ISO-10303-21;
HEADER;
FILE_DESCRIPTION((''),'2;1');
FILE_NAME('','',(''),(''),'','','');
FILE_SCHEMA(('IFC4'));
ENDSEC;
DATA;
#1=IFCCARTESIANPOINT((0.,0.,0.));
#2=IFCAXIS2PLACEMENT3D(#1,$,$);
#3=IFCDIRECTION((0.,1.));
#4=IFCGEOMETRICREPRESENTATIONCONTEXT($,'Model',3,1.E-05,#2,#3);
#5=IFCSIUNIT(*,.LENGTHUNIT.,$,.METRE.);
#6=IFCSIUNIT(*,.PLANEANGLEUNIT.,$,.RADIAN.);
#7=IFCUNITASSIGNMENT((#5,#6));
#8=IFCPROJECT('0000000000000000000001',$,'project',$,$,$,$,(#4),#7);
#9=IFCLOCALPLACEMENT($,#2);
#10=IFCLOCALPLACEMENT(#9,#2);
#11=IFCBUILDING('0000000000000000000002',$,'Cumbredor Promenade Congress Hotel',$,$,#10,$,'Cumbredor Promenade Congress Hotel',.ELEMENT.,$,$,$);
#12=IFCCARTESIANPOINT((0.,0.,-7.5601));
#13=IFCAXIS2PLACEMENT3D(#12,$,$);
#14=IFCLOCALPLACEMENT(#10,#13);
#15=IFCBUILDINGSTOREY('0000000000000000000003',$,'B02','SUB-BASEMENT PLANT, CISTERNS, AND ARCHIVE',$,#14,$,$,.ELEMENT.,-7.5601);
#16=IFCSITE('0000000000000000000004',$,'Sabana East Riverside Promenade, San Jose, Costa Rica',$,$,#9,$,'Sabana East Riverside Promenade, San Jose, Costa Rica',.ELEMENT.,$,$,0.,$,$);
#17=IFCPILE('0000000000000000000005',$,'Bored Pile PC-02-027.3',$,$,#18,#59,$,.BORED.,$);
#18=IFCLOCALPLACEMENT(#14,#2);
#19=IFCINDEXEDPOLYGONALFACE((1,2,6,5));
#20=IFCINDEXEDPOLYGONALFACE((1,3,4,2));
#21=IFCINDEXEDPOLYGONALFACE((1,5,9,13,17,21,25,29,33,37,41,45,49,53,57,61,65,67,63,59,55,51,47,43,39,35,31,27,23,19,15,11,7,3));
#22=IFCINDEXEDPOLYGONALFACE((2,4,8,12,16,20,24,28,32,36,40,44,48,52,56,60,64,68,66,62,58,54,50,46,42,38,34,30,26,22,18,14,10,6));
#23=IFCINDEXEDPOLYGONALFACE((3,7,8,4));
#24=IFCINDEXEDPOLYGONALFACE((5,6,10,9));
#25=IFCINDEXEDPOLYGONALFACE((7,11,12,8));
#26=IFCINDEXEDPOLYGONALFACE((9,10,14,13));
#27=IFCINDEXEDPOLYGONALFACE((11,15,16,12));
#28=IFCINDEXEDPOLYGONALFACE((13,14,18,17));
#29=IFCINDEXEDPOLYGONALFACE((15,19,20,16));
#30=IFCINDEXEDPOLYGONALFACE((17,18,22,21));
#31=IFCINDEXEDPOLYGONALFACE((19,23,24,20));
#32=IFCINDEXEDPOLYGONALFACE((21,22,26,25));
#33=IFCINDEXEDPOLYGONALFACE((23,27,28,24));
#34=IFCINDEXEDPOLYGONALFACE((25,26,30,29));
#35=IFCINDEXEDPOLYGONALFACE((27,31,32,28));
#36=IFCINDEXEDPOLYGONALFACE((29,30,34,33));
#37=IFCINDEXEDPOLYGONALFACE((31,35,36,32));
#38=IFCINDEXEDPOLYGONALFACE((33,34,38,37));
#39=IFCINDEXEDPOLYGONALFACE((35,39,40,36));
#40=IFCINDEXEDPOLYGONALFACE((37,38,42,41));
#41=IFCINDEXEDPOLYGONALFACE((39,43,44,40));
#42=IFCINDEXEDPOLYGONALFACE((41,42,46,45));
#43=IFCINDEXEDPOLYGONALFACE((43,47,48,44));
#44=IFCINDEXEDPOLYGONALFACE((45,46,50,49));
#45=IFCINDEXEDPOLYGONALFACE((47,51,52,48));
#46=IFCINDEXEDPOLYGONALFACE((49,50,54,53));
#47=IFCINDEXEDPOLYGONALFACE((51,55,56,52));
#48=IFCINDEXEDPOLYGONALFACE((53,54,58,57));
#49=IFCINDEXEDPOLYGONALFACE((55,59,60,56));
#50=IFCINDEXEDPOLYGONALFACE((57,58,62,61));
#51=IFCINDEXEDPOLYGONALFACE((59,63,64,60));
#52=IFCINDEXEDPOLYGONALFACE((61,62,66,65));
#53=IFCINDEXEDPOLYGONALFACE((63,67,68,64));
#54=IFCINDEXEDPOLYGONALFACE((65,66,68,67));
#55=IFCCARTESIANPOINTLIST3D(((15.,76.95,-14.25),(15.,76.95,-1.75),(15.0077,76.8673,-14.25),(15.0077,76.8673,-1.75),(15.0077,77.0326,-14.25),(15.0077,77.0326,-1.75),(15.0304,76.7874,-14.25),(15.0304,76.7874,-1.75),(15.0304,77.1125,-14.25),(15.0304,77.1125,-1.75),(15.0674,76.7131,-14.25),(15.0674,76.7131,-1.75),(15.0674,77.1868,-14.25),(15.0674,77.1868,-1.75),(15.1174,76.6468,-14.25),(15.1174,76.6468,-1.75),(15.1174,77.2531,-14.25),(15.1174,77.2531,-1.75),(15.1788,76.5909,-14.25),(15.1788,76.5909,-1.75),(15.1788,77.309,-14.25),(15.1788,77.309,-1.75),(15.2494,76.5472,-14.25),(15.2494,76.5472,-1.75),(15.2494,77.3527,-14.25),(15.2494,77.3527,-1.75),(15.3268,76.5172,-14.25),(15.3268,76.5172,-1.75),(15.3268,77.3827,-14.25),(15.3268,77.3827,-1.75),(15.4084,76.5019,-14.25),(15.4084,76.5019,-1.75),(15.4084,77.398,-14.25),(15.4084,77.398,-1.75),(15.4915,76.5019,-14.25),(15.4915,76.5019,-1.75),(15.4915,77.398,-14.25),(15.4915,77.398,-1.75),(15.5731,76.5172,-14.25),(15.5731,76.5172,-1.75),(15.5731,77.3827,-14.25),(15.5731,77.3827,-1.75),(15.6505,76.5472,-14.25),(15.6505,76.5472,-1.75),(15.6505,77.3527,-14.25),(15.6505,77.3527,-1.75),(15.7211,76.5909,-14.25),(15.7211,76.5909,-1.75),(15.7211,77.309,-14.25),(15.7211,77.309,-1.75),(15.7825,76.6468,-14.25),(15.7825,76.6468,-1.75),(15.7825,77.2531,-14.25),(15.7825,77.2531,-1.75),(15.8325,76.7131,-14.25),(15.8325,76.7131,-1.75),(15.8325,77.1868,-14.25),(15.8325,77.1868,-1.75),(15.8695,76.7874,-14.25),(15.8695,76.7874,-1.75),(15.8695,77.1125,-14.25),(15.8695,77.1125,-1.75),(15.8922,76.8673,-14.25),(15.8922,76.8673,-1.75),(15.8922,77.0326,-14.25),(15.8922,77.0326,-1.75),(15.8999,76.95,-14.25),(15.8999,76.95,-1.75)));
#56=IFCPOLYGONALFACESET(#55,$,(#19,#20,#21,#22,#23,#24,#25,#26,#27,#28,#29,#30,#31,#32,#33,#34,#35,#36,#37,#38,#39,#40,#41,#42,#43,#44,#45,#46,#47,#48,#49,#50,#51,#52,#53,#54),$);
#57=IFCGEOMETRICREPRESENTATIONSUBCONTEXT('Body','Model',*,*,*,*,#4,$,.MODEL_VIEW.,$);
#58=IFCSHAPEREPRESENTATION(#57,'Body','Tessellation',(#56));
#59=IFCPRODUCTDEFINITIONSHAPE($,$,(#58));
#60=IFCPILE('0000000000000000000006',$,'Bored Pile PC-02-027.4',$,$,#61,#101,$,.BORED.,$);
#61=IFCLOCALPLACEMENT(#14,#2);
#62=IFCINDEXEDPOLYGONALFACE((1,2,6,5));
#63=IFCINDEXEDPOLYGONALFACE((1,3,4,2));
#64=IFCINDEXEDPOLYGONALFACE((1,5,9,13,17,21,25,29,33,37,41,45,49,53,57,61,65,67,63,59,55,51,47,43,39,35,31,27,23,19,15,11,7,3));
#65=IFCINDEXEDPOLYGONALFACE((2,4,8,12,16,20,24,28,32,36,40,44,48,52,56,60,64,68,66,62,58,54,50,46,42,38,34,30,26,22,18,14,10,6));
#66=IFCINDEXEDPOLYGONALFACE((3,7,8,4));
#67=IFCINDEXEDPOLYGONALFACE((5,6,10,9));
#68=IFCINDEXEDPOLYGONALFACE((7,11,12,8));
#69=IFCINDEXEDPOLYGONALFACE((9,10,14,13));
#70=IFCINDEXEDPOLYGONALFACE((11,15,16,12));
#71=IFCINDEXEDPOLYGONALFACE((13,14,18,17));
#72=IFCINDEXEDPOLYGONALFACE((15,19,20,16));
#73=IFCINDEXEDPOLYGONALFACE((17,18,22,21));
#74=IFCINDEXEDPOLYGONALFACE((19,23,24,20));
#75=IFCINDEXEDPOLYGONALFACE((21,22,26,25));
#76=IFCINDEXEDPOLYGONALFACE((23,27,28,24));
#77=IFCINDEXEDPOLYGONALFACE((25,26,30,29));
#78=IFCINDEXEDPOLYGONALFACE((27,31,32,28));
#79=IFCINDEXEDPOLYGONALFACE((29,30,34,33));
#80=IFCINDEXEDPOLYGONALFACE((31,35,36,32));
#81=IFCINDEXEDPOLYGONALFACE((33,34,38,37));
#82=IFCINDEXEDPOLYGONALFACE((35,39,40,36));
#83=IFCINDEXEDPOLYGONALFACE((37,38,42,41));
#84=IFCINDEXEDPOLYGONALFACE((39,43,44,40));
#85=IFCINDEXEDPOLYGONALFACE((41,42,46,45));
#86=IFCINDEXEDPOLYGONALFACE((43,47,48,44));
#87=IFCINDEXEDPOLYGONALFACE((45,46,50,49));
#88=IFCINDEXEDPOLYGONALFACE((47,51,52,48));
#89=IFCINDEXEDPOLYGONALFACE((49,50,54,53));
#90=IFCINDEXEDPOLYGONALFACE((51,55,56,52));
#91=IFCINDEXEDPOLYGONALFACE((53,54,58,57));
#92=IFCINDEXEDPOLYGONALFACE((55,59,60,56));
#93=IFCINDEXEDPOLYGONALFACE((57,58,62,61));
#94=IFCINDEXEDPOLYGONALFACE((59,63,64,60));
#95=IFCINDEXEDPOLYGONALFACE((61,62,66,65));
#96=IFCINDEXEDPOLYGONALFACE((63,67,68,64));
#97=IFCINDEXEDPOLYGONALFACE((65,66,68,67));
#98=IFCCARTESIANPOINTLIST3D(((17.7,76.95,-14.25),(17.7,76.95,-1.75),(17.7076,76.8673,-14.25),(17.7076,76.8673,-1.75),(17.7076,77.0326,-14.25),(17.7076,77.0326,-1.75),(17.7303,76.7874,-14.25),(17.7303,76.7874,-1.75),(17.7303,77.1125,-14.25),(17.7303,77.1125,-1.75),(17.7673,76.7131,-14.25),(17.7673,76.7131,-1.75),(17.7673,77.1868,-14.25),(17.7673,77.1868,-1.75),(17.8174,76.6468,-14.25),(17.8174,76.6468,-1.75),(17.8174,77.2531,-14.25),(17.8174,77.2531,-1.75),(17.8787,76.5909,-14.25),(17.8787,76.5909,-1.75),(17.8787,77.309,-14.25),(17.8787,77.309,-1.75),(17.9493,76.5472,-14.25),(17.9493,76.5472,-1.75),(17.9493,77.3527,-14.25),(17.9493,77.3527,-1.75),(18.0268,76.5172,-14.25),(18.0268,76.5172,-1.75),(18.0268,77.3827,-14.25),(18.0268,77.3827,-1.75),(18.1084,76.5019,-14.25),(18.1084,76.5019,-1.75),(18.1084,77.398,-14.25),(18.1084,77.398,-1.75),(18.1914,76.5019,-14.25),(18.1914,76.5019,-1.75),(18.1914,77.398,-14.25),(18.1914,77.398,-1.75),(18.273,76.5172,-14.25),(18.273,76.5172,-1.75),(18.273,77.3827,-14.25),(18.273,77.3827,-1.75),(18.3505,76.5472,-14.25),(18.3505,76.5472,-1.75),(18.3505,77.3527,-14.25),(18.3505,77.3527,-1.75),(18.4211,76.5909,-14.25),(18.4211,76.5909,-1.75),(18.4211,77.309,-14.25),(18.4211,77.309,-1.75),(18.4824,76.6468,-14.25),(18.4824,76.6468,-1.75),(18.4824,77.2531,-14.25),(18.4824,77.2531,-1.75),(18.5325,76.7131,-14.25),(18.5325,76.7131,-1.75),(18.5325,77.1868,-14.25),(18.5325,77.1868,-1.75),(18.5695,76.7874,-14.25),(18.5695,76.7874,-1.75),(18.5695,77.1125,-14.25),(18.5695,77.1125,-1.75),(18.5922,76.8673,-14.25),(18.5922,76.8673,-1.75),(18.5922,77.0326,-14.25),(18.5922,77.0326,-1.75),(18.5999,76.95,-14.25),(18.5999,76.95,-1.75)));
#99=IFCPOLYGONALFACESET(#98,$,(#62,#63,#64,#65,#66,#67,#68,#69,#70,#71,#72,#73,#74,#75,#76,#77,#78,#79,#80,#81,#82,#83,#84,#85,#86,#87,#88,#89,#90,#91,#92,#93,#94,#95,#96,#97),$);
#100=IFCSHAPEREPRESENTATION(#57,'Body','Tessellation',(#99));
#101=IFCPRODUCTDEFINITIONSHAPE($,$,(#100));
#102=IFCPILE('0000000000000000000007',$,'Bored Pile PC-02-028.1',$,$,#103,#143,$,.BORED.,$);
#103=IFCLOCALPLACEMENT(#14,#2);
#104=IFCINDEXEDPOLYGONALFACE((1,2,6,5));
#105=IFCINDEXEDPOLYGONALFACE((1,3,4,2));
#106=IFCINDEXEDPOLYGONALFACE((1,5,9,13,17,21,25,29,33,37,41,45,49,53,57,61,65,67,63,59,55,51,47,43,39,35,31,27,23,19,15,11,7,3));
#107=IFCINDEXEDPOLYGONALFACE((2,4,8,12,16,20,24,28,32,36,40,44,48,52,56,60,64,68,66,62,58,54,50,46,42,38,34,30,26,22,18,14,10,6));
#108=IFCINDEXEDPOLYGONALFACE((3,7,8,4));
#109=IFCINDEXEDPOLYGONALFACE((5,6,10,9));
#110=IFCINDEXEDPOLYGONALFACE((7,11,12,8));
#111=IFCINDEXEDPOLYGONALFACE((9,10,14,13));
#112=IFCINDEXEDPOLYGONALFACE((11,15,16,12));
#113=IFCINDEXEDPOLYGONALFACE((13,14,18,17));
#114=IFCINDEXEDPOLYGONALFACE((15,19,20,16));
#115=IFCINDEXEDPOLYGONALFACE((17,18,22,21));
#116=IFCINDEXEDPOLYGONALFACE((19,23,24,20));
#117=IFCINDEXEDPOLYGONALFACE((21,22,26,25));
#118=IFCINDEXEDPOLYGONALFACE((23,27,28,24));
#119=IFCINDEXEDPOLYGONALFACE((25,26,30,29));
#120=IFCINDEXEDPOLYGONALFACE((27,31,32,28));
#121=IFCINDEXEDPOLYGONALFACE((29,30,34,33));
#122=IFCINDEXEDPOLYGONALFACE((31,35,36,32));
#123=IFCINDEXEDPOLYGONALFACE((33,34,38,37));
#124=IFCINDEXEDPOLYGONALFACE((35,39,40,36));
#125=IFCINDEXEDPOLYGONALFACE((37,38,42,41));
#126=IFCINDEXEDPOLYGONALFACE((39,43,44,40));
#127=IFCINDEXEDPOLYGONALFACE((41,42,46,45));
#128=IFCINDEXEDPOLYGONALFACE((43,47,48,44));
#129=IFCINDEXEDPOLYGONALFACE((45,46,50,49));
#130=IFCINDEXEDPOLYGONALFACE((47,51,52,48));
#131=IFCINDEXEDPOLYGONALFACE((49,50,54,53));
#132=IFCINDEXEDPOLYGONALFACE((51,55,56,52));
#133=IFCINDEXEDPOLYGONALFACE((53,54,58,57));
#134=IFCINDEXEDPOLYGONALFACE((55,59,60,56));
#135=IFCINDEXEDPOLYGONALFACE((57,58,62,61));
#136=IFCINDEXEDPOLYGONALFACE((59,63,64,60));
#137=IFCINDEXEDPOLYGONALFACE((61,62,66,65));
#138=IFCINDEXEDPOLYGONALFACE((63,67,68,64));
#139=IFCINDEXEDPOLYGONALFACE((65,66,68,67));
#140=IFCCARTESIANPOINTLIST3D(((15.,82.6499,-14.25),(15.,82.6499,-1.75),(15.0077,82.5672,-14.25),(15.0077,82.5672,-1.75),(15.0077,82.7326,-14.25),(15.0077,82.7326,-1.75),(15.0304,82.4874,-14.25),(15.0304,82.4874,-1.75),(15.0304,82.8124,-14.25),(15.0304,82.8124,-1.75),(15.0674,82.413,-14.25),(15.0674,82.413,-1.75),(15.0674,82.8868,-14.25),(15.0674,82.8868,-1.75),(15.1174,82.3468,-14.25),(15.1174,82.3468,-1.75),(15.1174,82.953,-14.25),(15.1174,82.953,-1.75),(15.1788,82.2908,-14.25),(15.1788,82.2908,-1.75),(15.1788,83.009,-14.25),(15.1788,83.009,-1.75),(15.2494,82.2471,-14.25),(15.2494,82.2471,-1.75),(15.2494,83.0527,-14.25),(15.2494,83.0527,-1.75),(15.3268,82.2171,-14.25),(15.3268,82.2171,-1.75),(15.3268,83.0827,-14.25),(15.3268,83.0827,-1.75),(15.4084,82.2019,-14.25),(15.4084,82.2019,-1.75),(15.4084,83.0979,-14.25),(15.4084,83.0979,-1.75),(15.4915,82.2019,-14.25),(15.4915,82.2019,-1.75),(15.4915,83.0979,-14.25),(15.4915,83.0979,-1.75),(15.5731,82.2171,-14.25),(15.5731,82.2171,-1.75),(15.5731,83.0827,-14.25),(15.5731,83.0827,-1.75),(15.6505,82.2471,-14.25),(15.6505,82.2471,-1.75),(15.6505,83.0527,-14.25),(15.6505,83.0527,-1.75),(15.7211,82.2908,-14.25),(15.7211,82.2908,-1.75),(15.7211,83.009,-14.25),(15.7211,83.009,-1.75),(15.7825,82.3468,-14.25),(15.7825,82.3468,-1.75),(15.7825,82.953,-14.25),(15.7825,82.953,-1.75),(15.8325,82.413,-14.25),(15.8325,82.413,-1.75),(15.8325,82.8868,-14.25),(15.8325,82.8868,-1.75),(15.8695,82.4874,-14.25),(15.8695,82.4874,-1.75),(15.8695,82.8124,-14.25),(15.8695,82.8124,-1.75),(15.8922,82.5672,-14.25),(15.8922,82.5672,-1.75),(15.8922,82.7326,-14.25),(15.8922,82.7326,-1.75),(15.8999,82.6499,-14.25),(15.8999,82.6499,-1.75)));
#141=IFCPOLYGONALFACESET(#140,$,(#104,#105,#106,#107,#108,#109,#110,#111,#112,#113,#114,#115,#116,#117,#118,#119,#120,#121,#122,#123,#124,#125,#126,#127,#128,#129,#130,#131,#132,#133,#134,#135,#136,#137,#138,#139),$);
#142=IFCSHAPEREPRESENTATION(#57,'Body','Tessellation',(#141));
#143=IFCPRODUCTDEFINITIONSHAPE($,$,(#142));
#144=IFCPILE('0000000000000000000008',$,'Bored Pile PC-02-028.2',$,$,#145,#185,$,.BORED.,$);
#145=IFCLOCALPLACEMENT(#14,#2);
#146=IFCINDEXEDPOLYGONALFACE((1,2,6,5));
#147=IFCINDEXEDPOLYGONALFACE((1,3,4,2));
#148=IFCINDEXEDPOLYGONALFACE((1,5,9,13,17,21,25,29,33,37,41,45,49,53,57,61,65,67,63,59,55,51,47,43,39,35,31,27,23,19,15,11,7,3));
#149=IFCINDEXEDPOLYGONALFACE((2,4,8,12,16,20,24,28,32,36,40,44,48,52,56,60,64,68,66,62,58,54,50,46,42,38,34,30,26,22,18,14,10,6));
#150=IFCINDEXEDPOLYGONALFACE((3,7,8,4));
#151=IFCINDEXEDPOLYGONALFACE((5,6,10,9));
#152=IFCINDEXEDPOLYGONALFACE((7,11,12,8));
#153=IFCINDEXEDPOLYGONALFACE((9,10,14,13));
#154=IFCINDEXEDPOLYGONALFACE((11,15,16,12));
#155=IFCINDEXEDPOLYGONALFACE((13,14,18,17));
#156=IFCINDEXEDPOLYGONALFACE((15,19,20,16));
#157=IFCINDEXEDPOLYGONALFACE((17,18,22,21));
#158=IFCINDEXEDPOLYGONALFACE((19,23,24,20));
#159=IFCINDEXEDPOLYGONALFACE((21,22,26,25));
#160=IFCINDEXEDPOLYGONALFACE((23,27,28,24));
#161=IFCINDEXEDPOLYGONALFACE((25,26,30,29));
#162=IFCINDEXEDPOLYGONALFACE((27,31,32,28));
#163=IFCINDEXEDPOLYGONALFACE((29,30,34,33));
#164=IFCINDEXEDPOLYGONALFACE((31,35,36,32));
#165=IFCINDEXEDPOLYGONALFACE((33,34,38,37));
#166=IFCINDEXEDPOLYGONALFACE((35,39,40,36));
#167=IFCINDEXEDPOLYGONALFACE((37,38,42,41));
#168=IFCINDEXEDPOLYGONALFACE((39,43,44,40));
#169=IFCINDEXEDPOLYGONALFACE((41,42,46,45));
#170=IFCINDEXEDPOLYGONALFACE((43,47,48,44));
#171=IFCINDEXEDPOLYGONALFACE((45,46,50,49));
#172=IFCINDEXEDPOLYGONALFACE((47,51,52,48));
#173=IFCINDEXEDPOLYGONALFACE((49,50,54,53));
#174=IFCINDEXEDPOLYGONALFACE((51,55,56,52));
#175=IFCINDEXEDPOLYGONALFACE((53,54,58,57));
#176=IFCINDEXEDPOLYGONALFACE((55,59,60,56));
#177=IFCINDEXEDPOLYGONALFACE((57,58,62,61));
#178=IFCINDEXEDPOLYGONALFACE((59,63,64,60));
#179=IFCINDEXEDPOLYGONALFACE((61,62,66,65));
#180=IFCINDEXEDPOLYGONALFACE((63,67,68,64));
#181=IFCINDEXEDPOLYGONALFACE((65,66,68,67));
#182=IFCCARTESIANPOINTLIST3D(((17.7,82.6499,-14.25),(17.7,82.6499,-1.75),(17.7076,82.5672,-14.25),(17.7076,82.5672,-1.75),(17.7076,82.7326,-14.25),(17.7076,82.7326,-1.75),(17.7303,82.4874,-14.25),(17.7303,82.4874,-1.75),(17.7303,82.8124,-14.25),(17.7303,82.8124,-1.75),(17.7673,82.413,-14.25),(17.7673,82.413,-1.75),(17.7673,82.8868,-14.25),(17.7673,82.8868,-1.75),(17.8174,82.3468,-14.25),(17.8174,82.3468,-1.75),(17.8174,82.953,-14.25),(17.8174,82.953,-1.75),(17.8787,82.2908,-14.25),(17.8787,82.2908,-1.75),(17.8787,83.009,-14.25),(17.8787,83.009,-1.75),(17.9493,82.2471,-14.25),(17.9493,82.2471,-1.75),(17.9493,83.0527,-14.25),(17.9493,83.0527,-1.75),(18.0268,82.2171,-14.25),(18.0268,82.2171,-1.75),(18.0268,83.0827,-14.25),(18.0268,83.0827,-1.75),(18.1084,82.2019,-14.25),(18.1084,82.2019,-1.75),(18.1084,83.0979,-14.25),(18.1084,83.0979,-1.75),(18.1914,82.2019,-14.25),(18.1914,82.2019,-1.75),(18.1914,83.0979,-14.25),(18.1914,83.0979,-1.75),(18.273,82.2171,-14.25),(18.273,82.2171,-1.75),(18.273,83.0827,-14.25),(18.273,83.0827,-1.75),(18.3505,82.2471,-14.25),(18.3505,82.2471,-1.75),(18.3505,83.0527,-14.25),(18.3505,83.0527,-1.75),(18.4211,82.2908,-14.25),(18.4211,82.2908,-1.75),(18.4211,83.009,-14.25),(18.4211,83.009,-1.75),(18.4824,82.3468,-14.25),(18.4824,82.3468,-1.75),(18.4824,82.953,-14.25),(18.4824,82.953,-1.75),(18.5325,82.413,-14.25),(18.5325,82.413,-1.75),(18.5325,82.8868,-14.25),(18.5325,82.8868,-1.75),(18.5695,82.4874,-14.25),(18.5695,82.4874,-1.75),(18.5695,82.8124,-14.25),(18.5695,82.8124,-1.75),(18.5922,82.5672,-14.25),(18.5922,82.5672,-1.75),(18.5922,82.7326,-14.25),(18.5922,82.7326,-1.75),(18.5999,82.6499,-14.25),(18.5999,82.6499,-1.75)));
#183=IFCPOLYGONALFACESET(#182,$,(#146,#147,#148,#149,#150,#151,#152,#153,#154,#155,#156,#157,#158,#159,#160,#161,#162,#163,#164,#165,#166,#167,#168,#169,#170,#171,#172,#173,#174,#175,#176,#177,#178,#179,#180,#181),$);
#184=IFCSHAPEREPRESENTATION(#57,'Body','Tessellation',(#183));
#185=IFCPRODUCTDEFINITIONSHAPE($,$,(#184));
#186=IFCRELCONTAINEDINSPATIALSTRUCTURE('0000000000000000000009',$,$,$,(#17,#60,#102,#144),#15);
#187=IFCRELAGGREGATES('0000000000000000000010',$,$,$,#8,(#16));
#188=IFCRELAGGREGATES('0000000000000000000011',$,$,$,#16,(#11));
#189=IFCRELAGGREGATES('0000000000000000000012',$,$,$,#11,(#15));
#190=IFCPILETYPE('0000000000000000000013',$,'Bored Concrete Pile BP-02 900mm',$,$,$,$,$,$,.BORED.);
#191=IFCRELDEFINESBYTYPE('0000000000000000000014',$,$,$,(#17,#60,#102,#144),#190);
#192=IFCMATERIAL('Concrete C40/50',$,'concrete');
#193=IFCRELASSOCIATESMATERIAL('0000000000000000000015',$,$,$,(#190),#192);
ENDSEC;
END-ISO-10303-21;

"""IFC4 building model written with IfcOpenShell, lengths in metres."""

from ifc_helpers import new_model, si_unit, direction, frame, origin, origin_2d, place, context, subcontext, project, spatial, circle, extrude, material, material_profile, profile_set, type_object, element, save


model = new_model("IFC4")

# Units and contexts
model_context = context("Model", 3, precision=1e-05, world=origin(), true_north=direction((0.0, 1.0)))
body_context = subcontext(model_context, "Body", "Model", "MODEL_VIEW")
ifc_project = project(units=[si_unit("LENGTHUNIT", "METRE"), si_unit("PLANEANGLEUNIT", "RADIAN")], contexts=[model_context])

# Site, building, storey
site_placement = place(None, origin())
site = spatial("IfcSite", under=ifc_project, at=site_placement, Name="Sabana East Riverside Promenade, San Jose, Costa Rica", LongName="Sabana East Riverside Promenade, San Jose, Costa Rica", CompositionType="ELEMENT", RefElevation=0.0)
building_placement = place(site_placement, origin())
building = spatial("IfcBuilding", under=site, at=building_placement, Name="Cumbredor Promenade Congress Hotel", LongName="Cumbredor Promenade Congress Hotel", CompositionType="ELEMENT")
storey_placement = place(building_placement, frame((0.0, 0.0, -7.5601)))
storey = spatial("IfcBuildingStorey", under=building, at=storey_placement, Name="B02", Description="SUB-BASEMENT PLANT, CISTERNS, AND ARCHIVE", CompositionType="ELEMENT", Elevation=-7.5601)

# Piles
ifc_material_1 = material(Name="Concrete C40/50", Category="concrete")
ifc_material_profile_1 = material_profile(ifc_material_1, circle(Radius=0.45, at=origin_2d()), Name="PILE D900")
ifc_profile_set_1 = profile_set([ifc_material_profile_1], Name="Concrete C40/50")
pile_type_1 = type_object("IfcPileType", Name="Bored Concrete Pile BP-02 900mm", PredefinedType="BORED", material=ifc_profile_set_1)
for number, where, z_axis, x_axis, name in (
    (1, (15.45, 76.95, -1.75), (0.0, 0.0, -1.0), (1.0, 0.0, 0.0), "Bored Pile PC-02-027.3"),
    (2, (18.1499, 76.95, -1.75), (0.0, 0.0, -1.0), (1.0, 0.0, 0.0), "Bored Pile PC-02-027.4"),
    (3, (15.45, 82.6499, -1.75), (0.0, 0.0, -1.0), (1.0, 0.0, 0.0), "Bored Pile PC-02-028.1"),
    (4, (18.1499, 82.6499, -1.75), (0.0, 0.0, -1.0), (1.0, 0.0, 0.0), "Bored Pile PC-02-028.2"),
):
    element("IfcPile", number, at=place(storey_placement, frame(where, z_axis=z_axis, x_axis=x_axis)), inside=storey, type_object=pile_type_1, Name=name, PredefinedType="BORED", context=body_context, shape_type="SweptSolid", body=[
        extrude(circle(Radius=0.45, at=origin_2d()), origin(), (0.0, 0.0, 1.0), 12.5),
    ])

save(model, "model.ifc")
